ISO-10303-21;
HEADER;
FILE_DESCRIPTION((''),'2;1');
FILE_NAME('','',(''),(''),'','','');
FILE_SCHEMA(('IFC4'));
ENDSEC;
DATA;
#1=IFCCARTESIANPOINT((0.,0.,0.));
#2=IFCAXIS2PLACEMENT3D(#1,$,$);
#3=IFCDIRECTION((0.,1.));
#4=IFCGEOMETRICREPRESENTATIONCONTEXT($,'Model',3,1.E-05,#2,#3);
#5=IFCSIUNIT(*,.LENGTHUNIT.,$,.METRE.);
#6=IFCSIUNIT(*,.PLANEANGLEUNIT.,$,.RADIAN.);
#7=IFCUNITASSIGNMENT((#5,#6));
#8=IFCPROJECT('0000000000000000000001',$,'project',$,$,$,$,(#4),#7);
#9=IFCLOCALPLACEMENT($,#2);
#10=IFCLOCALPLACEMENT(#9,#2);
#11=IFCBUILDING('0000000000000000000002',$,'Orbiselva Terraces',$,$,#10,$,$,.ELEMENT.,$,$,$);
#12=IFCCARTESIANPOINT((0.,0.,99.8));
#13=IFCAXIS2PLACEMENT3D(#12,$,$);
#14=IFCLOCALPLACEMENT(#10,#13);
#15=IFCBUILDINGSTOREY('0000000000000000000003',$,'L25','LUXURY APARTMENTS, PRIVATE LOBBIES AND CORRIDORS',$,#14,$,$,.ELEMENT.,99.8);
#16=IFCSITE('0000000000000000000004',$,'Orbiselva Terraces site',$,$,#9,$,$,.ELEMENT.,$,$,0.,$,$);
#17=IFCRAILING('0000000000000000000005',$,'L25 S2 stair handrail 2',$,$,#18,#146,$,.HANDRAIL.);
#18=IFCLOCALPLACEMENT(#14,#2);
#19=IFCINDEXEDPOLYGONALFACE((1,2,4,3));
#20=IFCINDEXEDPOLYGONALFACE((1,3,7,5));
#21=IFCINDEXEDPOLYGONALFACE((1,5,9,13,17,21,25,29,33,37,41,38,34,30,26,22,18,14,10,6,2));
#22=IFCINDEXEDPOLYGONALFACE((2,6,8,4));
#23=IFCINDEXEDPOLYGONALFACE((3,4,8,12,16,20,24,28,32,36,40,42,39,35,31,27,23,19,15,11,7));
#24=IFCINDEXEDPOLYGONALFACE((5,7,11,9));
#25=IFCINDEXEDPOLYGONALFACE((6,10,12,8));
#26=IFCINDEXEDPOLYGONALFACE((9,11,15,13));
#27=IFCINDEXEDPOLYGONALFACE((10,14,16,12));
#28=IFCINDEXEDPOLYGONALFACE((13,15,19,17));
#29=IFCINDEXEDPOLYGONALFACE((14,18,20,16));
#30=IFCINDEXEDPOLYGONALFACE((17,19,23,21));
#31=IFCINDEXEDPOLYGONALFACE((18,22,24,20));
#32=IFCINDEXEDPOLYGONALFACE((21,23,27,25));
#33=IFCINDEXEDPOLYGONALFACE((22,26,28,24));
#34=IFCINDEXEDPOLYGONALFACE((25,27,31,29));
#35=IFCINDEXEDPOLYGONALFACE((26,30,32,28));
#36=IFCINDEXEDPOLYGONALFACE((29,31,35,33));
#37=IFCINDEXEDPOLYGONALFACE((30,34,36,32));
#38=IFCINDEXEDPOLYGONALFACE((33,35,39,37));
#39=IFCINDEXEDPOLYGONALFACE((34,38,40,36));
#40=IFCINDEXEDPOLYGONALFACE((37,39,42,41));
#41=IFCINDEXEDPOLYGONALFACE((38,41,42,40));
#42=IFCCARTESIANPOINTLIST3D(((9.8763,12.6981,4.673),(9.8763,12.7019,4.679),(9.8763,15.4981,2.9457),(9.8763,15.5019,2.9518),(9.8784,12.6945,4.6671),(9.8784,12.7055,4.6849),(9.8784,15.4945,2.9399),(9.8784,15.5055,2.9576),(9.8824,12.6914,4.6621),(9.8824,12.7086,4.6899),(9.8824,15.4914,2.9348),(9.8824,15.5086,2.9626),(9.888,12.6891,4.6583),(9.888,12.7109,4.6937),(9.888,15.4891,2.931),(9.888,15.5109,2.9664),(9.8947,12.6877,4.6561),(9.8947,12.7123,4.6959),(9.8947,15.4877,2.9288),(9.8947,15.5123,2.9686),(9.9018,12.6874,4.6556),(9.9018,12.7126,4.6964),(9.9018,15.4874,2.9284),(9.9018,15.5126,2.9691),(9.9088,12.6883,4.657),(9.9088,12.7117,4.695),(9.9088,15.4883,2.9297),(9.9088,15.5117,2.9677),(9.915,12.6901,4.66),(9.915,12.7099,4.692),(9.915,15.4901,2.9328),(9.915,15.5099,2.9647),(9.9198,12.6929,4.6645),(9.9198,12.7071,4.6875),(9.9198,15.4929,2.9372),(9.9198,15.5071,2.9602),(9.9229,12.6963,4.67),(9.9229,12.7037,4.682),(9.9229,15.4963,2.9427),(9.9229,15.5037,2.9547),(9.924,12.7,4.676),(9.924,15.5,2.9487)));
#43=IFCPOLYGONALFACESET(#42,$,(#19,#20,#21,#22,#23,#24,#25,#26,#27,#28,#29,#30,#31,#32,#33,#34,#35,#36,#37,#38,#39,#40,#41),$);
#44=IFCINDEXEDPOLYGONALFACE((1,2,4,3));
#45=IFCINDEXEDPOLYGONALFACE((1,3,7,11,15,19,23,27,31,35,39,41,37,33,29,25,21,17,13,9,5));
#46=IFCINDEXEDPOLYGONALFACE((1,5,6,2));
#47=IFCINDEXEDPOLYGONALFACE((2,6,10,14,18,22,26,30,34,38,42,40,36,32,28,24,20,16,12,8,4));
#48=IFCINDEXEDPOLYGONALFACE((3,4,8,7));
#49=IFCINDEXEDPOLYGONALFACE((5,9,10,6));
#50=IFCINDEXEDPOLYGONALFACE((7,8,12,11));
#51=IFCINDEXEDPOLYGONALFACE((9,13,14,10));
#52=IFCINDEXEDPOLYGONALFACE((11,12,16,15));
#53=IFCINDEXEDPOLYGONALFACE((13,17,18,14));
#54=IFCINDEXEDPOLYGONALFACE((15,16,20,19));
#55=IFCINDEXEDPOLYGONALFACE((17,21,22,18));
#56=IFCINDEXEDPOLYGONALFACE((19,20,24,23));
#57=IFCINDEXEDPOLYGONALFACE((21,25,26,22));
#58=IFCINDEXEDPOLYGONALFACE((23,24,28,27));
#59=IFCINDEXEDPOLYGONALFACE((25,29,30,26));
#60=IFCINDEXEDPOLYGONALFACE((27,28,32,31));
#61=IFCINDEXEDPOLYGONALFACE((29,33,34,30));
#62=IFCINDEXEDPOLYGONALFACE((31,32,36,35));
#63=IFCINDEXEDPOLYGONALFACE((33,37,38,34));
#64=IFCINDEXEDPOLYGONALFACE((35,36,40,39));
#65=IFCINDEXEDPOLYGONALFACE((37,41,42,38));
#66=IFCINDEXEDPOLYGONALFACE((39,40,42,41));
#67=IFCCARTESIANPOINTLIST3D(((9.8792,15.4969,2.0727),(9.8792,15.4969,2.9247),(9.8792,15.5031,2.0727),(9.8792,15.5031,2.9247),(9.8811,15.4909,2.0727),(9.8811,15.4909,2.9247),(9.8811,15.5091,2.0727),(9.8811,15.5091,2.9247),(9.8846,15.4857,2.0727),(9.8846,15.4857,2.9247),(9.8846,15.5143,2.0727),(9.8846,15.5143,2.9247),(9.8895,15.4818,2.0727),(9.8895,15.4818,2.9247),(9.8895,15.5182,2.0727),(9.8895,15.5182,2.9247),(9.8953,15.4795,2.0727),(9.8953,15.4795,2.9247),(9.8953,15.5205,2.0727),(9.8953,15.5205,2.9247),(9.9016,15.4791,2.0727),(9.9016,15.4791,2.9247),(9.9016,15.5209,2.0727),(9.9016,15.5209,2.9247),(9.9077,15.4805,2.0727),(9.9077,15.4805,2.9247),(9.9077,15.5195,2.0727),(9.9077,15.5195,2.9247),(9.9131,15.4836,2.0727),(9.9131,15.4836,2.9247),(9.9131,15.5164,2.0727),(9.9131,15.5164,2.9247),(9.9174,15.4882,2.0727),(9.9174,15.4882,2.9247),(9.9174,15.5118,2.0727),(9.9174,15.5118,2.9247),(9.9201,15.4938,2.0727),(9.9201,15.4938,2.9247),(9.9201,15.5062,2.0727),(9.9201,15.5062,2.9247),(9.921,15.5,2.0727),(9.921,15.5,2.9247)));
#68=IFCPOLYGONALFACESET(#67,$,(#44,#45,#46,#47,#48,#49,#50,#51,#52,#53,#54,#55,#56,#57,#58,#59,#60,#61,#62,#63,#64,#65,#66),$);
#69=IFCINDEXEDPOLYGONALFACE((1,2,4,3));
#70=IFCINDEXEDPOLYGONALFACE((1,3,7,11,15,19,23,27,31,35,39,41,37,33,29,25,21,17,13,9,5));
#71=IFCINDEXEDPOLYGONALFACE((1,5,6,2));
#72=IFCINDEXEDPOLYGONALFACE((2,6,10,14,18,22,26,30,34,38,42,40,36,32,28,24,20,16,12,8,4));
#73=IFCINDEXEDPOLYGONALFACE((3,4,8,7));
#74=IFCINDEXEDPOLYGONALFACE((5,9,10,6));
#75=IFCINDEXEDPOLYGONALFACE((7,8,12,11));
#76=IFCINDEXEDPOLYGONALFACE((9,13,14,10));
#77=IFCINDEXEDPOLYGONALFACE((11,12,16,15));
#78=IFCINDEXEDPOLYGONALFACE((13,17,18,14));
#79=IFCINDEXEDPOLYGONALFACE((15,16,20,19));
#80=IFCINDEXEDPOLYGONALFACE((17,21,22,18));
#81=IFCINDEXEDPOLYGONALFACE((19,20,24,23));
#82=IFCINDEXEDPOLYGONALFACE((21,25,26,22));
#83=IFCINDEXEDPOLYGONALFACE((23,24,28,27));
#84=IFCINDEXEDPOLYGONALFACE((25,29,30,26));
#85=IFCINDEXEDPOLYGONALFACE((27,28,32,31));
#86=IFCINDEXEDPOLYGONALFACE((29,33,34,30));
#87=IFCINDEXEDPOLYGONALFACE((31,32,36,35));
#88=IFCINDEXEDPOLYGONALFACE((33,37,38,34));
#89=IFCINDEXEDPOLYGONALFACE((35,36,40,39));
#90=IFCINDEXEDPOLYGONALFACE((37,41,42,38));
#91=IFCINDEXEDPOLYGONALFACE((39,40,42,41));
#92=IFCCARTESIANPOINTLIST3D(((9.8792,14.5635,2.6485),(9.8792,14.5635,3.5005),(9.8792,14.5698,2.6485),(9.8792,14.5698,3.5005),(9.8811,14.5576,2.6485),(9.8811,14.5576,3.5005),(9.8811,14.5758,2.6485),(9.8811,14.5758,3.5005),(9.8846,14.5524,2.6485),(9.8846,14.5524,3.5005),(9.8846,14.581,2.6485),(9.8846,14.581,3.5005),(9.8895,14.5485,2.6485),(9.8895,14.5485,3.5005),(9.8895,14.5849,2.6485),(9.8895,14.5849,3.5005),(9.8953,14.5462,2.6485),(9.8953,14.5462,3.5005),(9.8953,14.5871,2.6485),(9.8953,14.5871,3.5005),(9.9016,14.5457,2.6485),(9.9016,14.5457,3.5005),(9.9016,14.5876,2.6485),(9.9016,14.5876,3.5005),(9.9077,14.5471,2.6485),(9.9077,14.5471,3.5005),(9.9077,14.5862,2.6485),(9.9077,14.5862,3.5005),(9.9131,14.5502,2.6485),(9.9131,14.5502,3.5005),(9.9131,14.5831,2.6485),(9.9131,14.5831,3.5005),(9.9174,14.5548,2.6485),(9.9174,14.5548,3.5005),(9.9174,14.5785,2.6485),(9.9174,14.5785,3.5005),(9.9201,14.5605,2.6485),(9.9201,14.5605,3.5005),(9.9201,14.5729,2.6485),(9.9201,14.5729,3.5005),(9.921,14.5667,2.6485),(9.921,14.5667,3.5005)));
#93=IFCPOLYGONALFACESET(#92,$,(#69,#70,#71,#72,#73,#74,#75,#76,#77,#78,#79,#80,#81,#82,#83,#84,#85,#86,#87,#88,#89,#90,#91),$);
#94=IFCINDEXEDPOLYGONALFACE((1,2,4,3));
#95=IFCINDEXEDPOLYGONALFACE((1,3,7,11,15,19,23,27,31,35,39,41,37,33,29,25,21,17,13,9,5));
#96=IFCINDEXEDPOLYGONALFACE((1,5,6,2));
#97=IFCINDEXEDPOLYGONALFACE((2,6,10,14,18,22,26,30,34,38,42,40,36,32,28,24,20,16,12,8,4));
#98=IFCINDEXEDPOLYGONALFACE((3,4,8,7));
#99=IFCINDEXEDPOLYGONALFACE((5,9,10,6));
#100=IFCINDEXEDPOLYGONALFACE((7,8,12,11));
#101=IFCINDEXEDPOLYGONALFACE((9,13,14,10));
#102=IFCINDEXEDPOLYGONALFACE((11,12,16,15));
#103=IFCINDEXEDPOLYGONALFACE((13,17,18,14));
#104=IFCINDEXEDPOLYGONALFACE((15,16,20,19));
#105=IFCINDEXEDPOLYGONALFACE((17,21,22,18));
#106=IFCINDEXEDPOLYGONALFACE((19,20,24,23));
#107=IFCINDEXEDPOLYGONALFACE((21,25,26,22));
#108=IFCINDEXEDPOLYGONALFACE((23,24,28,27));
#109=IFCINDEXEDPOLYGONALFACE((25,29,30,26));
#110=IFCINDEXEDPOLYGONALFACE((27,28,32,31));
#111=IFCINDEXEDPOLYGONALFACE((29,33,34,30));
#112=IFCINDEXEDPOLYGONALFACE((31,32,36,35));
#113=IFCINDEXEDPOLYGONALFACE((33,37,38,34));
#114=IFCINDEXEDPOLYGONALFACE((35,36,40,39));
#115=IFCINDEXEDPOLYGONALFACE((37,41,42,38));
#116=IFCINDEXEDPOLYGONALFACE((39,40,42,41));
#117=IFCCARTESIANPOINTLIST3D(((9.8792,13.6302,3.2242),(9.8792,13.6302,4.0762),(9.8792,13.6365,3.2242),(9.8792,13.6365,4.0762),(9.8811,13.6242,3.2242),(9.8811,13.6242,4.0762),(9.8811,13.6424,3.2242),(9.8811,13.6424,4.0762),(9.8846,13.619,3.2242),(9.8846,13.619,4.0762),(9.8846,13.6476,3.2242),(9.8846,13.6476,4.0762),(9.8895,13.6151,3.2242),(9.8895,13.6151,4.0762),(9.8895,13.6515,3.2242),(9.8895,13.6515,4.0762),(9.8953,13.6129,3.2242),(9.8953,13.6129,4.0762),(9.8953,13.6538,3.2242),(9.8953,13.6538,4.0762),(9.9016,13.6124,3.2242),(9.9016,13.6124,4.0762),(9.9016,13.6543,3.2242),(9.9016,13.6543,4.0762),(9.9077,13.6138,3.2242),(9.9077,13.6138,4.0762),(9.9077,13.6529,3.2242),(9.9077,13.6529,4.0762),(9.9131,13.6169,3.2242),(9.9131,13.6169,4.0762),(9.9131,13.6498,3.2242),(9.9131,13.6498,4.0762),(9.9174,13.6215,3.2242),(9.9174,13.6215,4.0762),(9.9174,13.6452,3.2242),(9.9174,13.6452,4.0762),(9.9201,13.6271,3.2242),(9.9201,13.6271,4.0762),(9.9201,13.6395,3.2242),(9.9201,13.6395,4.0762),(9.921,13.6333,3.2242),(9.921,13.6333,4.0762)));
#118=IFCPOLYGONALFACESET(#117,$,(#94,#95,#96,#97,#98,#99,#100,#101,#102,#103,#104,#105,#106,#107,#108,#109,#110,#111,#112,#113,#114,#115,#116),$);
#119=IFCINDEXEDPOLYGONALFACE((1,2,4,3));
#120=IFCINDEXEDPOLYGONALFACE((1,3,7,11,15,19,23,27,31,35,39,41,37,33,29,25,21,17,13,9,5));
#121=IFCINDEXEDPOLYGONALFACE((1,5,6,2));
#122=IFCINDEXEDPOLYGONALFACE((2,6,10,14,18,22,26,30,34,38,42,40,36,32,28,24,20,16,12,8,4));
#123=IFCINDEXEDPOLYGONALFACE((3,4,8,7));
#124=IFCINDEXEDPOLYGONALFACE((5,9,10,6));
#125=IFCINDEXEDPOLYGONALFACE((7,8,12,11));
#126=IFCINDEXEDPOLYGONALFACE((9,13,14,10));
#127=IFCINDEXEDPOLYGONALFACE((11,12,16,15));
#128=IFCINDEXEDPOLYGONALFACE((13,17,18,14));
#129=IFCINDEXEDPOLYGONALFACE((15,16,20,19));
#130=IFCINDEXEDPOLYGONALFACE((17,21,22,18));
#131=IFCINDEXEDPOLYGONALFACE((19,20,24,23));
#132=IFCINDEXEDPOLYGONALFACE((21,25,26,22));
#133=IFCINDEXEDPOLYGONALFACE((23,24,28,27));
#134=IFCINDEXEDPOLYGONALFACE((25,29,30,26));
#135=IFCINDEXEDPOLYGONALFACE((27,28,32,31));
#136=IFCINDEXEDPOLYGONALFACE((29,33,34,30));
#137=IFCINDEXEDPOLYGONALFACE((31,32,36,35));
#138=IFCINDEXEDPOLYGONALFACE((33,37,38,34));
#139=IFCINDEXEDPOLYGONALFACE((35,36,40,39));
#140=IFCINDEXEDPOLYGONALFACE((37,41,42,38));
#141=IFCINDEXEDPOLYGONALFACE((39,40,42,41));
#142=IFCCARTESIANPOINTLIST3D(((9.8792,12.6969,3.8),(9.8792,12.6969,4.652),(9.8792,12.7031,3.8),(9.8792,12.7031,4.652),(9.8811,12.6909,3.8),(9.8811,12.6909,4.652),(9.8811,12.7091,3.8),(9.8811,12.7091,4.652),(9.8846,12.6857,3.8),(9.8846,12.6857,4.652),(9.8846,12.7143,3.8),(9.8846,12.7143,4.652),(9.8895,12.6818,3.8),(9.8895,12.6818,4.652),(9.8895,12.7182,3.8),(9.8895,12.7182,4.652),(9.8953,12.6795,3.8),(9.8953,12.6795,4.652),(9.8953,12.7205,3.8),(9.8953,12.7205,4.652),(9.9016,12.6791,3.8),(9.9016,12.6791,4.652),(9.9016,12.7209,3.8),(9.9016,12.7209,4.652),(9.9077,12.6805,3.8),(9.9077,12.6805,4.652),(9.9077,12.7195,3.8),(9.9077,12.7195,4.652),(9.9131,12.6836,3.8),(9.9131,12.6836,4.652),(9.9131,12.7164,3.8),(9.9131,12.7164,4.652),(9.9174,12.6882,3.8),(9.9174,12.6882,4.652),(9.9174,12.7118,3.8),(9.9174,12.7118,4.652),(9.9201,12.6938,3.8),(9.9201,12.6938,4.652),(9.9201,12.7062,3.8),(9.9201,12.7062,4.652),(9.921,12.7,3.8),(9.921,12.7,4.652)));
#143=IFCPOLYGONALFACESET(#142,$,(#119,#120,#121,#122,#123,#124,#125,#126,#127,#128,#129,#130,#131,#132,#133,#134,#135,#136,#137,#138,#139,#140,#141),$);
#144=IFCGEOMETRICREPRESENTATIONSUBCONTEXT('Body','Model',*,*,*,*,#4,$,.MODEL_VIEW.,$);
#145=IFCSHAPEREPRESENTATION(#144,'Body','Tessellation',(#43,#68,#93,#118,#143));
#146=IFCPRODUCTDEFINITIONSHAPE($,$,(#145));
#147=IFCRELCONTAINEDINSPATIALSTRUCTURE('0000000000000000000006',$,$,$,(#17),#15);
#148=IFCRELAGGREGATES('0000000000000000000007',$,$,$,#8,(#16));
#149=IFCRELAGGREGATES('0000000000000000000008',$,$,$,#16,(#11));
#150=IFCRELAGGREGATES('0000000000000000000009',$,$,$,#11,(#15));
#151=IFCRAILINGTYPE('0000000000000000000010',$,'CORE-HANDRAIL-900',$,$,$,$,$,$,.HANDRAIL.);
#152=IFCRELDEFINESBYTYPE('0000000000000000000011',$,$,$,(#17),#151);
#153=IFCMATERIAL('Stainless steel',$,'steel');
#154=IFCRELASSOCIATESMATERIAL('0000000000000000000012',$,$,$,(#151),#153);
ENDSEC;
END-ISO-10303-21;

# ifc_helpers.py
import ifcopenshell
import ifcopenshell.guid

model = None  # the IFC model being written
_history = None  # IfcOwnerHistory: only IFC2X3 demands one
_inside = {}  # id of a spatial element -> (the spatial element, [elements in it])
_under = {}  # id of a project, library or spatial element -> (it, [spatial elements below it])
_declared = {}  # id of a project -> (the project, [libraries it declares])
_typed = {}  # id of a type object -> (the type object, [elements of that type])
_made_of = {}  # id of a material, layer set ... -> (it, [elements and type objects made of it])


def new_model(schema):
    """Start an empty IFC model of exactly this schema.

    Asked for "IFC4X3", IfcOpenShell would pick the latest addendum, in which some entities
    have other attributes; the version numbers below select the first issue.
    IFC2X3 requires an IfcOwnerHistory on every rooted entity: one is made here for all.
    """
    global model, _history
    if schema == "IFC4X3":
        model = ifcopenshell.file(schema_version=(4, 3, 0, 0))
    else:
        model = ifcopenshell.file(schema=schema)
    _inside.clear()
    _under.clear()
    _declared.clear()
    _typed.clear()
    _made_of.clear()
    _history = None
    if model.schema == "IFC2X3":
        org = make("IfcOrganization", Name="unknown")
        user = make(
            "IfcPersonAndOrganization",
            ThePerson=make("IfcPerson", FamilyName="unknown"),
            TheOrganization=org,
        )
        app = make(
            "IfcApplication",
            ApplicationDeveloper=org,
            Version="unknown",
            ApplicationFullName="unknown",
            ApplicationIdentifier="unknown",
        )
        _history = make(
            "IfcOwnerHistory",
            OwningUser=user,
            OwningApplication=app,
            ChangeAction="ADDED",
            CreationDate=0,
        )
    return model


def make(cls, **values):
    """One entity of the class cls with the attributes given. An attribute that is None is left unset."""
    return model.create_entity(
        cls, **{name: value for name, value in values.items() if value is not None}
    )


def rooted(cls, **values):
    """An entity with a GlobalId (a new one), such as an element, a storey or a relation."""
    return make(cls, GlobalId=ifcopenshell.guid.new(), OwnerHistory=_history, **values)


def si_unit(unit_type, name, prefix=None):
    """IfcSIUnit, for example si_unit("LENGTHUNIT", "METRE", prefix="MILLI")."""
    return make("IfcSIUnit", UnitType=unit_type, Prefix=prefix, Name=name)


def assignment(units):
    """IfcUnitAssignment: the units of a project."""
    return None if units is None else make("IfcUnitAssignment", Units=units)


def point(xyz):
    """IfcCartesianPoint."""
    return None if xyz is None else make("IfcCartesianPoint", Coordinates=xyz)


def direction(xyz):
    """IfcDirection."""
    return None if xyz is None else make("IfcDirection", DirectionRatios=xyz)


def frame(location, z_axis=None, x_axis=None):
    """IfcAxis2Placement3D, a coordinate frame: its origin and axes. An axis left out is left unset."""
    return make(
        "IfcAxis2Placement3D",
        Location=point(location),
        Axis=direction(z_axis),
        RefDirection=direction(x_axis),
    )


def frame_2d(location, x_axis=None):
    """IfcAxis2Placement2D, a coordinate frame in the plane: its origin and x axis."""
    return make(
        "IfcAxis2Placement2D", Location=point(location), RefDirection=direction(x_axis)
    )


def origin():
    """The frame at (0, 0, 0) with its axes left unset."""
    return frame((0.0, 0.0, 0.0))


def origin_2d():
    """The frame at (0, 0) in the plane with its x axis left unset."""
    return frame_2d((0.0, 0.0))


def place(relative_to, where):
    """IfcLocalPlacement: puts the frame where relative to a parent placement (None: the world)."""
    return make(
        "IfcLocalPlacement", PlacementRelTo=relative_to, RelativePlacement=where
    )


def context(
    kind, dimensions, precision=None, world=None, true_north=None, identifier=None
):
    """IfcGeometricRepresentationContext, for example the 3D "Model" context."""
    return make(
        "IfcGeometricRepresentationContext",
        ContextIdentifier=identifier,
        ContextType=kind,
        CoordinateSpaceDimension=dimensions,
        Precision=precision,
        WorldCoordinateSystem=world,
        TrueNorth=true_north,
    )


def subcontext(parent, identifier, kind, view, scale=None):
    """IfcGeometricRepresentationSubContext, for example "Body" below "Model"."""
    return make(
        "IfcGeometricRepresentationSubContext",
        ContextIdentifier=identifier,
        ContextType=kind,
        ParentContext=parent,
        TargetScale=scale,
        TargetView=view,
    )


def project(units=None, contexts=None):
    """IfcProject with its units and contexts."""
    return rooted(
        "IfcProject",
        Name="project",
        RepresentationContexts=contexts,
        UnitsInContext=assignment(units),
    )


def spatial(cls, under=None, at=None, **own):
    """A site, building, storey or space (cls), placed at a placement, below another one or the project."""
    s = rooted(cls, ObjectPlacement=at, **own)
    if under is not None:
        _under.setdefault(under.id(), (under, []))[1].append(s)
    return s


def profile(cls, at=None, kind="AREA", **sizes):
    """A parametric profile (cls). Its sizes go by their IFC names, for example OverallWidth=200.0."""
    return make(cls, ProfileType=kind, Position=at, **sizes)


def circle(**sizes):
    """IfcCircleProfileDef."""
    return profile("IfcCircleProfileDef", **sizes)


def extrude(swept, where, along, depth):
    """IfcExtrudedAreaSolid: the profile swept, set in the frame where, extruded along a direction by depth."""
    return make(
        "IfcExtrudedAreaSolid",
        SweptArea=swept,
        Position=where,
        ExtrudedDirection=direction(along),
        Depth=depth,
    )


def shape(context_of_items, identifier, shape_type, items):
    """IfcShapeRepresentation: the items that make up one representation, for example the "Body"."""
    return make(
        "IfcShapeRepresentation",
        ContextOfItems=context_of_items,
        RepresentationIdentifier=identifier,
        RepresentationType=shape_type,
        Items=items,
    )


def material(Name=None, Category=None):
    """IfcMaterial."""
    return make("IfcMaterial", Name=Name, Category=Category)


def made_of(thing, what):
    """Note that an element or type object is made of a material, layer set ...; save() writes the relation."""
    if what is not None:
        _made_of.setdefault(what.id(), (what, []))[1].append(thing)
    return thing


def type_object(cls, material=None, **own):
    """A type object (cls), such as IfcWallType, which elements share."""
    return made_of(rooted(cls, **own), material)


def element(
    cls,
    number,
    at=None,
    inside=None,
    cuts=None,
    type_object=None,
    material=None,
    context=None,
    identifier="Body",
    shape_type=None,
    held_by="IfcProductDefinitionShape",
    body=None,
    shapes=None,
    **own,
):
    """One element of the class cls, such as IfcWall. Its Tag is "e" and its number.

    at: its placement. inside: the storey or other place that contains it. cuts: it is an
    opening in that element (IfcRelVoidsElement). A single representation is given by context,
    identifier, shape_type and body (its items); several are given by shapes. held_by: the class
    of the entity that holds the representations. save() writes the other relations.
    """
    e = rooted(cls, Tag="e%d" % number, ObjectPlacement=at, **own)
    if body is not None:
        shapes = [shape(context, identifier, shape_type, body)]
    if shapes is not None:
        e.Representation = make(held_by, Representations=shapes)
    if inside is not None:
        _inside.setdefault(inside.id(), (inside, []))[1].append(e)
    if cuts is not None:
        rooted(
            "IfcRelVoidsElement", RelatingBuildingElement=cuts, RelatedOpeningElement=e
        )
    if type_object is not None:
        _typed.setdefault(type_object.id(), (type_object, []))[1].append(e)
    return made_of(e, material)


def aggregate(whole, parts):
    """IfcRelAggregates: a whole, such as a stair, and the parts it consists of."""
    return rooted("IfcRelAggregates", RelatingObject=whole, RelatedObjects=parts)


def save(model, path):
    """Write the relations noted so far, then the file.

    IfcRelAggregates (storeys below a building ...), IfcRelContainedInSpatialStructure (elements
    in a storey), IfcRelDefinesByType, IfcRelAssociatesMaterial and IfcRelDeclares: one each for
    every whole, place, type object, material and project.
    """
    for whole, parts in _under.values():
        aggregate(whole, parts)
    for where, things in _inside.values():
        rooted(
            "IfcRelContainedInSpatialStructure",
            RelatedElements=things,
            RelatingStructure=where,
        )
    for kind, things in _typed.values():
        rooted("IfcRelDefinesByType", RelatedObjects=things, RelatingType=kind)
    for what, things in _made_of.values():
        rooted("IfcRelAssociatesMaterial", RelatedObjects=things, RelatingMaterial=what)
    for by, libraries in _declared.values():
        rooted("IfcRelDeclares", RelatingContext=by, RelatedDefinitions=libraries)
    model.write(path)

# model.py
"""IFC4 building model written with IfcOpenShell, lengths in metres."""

from ifc_helpers import new_model, si_unit, direction, frame, origin, origin_2d, place, context, subcontext, project, spatial, circle, extrude, material, type_object, element, save


model = new_model("IFC4")

# Units and contexts
model_context = context("Model", 3, precision=1e-05, world=origin(), true_north=direction((0.0, 1.0)))
body_context = subcontext(model_context, "Body", "Model", "MODEL_VIEW")
ifc_project = project(units=[si_unit("LENGTHUNIT", "METRE"), si_unit("PLANEANGLEUNIT", "RADIAN")], contexts=[model_context])

# Site, building, storey
site_placement = place(None, origin())
site = spatial("IfcSite", under=ifc_project, at=site_placement, Name="Orbiselva Terraces site", CompositionType="ELEMENT", RefElevation=0.0)
building_placement = place(site_placement, origin())
building = spatial("IfcBuilding", under=site, at=building_placement, Name="Orbiselva Terraces", CompositionType="ELEMENT")
storey_placement = place(building_placement, frame((0.0, 0.0, 99.8)))
storey = spatial("IfcBuildingStorey", under=building, at=storey_placement, Name="L25", Description="LUXURY APARTMENTS, PRIVATE LOBBIES AND CORRIDORS", CompositionType="ELEMENT", Elevation=99.8)

# Railing
ifc_material_1 = material(Name="Stainless steel", Category="steel")
railing_type = type_object("IfcRailingType", Name="CORE-HANDRAIL-900", PredefinedType="HANDRAIL", material=ifc_material_1)
railing_placement = place(storey_placement, frame((9.9, 15.5, 2.0727)))
element("IfcRailing", 1, at=railing_placement, inside=storey, type_object=railing_type, Name="L25 S2 stair handrail 2", PredefinedType="HANDRAIL", context=body_context, shape_type="SweptSolid", body=[
    extrude(circle(Radius=0.024, at=origin_2d()), frame((0.0, 0.0, 0.876), z_axis=(0.0, -0.851089, 0.525022), x_axis=(1.0, 0.0, 0.0)), (0.0, 0.0, 1.0), 3.2899),
    extrude(circle(Radius=0.021, at=origin_2d()), origin(), (0.0, 0.0, 1.0), 0.852),
    extrude(circle(Radius=0.021, at=origin_2d()), frame((0.0, -0.9333, 0.5758)), (0.0, 0.0, 1.0), 0.852),
    extrude(circle(Radius=0.021, at=origin_2d()), frame((0.0, -1.8667, 1.1515)), (0.0, 0.0, 1.0), 0.852),
    extrude(circle(Radius=0.021, at=origin_2d()), frame((0.0, -2.8, 1.7273)), (0.0, 0.0, 1.0), 0.852),
])

save(model, "model.ifc")
